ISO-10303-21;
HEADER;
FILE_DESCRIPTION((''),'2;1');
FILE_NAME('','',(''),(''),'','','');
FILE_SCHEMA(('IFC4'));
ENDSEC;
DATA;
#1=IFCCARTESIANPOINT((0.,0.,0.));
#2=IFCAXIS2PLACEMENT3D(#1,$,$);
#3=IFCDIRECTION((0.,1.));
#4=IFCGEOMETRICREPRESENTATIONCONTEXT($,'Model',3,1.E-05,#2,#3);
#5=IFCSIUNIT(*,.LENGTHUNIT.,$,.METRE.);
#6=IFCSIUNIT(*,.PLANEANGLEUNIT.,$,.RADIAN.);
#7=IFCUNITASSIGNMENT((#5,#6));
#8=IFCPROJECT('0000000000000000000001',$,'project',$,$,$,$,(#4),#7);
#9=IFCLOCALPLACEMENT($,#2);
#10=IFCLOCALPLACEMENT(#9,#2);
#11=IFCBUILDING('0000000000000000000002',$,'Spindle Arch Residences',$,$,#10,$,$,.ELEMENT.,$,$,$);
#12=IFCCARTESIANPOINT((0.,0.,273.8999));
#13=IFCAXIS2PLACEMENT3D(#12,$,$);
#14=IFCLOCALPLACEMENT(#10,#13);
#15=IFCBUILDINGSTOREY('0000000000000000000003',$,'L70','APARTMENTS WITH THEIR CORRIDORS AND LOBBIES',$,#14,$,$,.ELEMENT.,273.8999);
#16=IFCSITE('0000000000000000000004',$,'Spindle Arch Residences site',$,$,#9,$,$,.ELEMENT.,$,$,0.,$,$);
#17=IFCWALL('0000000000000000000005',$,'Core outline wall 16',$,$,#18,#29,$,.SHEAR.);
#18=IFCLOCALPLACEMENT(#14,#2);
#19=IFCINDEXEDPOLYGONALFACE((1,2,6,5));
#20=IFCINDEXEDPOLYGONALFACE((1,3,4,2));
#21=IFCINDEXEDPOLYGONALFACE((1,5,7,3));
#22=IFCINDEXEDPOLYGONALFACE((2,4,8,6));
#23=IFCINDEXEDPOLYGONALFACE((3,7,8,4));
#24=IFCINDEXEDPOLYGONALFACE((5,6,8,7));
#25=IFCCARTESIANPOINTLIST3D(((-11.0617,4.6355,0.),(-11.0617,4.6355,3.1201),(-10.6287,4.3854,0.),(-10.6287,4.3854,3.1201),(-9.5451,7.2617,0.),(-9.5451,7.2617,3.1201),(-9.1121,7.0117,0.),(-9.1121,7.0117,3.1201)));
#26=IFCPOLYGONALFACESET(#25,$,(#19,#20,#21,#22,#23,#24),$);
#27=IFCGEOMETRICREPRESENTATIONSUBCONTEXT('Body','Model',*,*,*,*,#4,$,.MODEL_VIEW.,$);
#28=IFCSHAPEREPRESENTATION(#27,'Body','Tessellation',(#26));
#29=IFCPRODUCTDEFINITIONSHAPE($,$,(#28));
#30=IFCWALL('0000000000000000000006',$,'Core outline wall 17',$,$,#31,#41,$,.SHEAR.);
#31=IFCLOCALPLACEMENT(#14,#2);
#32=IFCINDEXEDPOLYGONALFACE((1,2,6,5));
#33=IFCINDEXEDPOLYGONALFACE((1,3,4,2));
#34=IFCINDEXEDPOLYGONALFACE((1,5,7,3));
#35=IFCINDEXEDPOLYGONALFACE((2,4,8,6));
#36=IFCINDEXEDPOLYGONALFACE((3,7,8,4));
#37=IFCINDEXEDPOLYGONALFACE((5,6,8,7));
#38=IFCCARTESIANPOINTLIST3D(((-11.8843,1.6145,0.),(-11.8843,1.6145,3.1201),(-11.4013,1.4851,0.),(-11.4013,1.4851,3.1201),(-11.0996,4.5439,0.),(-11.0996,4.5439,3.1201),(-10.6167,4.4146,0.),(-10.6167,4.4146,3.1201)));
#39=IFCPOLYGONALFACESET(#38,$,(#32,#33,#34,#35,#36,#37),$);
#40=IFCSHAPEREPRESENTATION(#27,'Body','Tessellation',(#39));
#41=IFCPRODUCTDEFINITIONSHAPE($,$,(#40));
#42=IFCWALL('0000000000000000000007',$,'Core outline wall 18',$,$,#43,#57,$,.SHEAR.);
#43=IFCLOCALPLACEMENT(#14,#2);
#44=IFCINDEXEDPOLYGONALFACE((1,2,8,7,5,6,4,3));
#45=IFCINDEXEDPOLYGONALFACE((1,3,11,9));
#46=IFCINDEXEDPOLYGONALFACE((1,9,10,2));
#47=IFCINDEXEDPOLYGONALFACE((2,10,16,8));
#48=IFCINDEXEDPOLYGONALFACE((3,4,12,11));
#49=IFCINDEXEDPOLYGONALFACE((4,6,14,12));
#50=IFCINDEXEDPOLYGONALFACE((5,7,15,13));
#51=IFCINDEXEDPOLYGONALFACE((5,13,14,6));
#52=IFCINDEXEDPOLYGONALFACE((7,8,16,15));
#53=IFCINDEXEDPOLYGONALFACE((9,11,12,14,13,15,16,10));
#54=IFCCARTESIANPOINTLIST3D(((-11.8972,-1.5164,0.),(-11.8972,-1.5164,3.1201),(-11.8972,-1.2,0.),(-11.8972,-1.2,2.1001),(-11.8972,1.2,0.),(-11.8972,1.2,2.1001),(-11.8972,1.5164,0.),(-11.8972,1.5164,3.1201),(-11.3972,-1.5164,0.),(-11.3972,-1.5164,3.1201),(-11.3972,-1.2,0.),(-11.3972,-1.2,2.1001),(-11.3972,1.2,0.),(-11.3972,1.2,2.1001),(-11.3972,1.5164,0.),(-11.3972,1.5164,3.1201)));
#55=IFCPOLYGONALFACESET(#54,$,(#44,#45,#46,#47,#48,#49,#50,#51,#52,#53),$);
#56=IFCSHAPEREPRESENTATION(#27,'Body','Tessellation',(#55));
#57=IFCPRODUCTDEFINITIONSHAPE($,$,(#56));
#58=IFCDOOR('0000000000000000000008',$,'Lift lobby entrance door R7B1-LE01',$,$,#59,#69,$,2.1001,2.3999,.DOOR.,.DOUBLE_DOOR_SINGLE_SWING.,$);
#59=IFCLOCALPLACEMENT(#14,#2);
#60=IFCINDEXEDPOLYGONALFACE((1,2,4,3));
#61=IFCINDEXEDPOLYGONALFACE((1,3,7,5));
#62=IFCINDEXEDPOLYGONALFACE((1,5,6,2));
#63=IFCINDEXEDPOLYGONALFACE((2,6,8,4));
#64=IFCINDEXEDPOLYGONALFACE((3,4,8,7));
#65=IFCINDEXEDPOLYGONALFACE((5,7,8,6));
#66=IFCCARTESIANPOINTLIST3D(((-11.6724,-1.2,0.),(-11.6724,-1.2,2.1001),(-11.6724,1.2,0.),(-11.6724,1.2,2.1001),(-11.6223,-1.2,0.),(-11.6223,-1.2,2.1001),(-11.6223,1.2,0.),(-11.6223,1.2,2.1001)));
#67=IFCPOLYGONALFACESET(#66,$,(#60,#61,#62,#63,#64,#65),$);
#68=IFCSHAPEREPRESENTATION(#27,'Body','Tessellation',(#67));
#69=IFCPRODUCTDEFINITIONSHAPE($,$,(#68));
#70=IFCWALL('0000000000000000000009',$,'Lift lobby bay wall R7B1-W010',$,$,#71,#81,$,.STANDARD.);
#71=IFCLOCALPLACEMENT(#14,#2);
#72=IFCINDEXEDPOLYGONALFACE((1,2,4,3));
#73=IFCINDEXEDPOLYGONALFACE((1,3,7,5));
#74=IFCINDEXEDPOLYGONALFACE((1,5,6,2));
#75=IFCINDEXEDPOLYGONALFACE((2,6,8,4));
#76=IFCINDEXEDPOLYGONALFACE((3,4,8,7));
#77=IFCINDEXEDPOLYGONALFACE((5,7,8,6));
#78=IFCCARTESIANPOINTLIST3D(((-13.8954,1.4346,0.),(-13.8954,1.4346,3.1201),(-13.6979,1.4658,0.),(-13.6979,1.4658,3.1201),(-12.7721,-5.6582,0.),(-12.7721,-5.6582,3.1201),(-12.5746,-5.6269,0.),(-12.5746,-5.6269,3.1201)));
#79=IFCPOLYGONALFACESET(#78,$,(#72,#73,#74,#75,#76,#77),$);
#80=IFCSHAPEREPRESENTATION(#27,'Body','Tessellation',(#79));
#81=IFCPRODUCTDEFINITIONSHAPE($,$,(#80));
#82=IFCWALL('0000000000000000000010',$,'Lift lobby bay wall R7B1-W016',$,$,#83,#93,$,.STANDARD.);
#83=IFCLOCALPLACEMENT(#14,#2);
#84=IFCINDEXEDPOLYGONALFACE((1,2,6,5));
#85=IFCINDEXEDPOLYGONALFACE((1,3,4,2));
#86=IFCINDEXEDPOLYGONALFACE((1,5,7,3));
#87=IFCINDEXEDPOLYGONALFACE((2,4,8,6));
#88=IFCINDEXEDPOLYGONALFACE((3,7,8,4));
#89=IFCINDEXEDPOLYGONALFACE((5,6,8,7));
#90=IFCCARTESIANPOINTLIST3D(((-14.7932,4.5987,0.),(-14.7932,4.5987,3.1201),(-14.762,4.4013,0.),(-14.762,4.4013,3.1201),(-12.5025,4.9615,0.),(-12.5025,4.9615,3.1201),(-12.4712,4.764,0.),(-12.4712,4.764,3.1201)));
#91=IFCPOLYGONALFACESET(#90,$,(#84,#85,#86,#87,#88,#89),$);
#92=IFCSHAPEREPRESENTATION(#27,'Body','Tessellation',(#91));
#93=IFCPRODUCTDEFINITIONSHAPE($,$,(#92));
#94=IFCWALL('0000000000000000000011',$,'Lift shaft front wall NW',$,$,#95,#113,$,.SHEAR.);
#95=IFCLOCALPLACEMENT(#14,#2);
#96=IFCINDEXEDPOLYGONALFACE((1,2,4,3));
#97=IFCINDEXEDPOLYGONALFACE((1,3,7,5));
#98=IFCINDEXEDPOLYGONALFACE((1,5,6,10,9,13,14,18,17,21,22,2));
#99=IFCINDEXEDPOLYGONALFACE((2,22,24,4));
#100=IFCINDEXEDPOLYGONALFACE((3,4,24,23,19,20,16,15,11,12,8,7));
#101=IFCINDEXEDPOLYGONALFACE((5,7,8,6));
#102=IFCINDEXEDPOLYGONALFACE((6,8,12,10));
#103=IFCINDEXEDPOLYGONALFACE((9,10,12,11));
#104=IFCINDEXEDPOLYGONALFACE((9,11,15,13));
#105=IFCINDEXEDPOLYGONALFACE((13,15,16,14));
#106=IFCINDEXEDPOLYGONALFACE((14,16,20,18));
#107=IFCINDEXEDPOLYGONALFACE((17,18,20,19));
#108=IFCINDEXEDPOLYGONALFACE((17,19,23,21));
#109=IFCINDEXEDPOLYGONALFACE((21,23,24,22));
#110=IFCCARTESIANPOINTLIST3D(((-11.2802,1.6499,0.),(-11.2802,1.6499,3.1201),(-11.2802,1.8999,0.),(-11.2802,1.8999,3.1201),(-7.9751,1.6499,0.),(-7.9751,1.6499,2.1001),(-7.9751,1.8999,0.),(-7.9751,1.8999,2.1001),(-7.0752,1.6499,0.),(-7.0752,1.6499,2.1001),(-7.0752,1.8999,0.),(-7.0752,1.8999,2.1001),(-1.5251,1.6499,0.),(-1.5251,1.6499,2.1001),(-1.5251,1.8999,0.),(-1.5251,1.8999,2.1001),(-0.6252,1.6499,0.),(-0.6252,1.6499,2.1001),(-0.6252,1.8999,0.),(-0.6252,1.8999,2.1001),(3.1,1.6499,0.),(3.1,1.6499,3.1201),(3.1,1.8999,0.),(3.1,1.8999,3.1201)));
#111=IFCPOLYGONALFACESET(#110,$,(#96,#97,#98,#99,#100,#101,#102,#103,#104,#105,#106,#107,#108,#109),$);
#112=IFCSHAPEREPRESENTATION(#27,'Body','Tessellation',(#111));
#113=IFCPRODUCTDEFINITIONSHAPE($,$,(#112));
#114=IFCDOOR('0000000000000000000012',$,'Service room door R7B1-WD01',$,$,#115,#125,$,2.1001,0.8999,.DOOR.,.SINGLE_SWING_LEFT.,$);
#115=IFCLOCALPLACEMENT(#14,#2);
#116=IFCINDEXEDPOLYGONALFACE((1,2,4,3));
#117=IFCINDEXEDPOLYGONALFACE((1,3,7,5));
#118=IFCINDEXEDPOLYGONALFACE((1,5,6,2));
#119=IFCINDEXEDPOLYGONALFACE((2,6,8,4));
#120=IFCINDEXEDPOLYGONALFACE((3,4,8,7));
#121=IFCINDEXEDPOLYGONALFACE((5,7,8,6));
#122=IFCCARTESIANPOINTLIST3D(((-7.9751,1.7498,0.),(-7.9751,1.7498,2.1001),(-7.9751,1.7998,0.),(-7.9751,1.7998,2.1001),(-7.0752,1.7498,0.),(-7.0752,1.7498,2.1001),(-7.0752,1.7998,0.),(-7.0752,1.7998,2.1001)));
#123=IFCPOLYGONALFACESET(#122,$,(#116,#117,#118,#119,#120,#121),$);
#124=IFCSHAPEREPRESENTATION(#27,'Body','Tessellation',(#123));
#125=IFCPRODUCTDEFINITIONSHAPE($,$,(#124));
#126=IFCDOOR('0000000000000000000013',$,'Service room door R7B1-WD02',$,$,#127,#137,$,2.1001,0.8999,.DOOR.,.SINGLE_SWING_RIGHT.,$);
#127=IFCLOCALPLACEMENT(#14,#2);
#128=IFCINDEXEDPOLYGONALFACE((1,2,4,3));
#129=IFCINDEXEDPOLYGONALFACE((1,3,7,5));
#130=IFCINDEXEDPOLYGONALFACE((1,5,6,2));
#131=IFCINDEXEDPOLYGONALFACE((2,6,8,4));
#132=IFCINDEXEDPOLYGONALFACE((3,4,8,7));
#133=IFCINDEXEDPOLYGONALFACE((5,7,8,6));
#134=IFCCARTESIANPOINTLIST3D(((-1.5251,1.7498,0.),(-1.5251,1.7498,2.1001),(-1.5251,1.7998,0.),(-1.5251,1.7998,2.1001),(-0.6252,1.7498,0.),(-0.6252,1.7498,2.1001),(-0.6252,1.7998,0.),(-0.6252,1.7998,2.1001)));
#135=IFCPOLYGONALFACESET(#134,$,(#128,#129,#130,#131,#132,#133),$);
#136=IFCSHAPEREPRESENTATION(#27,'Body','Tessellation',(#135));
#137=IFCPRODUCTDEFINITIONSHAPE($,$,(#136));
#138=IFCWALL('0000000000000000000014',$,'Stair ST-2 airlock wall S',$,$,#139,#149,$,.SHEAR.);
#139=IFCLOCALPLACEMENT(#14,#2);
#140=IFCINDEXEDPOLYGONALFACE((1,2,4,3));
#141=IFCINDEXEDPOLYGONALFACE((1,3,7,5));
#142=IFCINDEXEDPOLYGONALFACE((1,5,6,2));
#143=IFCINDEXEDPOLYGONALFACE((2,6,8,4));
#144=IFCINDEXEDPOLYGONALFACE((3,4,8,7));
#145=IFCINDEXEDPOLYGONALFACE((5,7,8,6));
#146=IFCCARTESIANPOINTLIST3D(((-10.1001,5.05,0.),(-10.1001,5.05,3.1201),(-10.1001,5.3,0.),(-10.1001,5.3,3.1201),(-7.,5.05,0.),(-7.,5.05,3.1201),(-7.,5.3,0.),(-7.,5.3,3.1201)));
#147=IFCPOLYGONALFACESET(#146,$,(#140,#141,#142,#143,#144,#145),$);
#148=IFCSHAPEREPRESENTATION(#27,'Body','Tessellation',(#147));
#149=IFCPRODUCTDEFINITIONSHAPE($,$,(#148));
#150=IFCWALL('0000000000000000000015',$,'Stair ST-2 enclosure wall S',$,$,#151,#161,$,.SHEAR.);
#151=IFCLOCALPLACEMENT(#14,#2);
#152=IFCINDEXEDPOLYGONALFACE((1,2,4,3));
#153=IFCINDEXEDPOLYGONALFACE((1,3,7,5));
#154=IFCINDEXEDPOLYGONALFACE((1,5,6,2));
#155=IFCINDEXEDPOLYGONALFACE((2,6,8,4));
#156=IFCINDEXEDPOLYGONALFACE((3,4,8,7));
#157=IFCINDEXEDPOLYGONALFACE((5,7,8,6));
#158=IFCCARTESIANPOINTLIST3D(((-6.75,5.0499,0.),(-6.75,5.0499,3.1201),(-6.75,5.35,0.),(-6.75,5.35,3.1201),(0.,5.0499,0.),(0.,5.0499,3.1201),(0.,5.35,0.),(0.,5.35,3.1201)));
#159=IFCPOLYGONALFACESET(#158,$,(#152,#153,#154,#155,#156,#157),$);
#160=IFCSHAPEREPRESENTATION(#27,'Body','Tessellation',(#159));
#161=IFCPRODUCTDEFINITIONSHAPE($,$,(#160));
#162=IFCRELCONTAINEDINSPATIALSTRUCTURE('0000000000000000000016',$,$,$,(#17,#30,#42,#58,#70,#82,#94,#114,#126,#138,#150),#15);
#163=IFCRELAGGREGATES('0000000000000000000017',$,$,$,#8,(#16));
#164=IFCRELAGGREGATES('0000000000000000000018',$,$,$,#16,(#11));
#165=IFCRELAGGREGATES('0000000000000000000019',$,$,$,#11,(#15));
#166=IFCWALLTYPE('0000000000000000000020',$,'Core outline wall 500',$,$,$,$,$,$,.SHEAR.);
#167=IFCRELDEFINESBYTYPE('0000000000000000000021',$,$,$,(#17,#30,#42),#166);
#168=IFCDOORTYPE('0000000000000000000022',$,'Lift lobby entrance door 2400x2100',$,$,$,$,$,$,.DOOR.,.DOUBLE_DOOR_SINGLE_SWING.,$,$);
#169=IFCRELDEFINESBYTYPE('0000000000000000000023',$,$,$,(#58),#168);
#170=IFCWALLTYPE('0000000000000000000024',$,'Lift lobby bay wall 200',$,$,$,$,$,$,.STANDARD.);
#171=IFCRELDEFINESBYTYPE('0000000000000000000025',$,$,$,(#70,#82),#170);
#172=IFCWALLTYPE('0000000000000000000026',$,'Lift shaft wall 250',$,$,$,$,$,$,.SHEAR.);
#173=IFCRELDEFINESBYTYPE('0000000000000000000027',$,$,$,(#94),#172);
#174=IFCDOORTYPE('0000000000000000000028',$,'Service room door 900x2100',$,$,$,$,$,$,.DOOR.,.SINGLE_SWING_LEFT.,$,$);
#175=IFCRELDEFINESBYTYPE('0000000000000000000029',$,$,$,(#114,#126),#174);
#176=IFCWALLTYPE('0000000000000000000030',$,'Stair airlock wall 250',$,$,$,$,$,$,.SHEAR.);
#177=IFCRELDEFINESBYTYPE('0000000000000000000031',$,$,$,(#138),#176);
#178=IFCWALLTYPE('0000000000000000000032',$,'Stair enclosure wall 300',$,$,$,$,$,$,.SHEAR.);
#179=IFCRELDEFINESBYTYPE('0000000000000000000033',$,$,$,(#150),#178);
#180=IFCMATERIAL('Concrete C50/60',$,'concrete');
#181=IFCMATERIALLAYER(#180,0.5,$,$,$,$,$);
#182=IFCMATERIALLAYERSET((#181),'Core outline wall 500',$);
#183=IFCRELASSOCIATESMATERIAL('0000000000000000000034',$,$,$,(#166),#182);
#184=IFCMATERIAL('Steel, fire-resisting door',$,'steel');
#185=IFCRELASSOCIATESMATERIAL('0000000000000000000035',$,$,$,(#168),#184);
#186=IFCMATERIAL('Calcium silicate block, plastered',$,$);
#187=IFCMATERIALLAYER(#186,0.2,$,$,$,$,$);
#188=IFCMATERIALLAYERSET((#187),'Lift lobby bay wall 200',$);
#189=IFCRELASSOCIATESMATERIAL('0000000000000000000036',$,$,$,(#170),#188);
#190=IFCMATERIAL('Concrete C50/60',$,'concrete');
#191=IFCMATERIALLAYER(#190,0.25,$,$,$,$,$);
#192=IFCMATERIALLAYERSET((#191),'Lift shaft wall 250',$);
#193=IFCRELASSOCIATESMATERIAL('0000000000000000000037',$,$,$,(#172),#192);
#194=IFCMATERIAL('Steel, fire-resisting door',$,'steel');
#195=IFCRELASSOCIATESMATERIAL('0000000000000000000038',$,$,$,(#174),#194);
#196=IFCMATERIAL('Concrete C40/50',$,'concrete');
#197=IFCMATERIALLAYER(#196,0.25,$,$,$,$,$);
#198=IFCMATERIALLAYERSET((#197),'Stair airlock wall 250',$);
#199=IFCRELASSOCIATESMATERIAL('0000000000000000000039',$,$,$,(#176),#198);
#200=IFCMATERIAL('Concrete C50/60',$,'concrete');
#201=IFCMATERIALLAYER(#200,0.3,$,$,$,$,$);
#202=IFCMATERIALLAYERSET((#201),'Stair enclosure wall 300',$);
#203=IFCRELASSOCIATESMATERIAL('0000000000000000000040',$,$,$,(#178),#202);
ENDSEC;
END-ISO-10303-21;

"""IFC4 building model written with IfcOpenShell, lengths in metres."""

from ifc_helpers import new_model, si_unit, direction, frame, frame_2d, origin, place, context, subcontext, project, spatial, rectangle, extrude, material, layer, layer_set, type_object, element, fill, save


model = new_model("IFC4")

# Units and contexts
model_context = context("Model", 3, precision=1e-05, world=origin(), true_north=direction((0.0, 1.0)))
body_context = subcontext(model_context, "Body", "Model", "MODEL_VIEW")
ifc_project = project(units=[si_unit("LENGTHUNIT", "METRE"), si_unit("PLANEANGLEUNIT", "RADIAN")], contexts=[model_context])

# Site, building, storey
site_placement = place(None, origin())
site = spatial("IfcSite", under=ifc_project, at=site_placement, Name="Spindle Arch Residences site", CompositionType="ELEMENT", RefElevation=0.0)
building_placement = place(site_placement, origin())
building = spatial("IfcBuilding", under=site, at=building_placement, Name="Spindle Arch Residences", CompositionType="ELEMENT")
storey_placement = place(building_placement, frame((0.0, 0.0, 273.8999)))
storey = spatial("IfcBuildingStorey", under=building, at=storey_placement, Name="L70", Description="APARTMENTS WITH THEIR CORRIDORS AND LOBBIES", CompositionType="ELEMENT", Elevation=273.8999)

# Walls
ifc_material_1 = material(Name="Concrete C50/60", Category="concrete")
ifc_layer_1 = layer(ifc_material_1, 0.5)
ifc_layer_set_1 = layer_set([ifc_layer_1], Name="Core outline wall 500")
wall_type_1 = type_object("IfcWallType", Name="Core outline wall 500", PredefinedType="SHEAR", material=ifc_layer_set_1)
for number, where, z_axis, x_axis, name in (
    (1, (-9.3286, 7.1367, 0.0), (0.0, 0.0, 1.0), (-0.500087, -0.865975, 0.0), "Core outline wall 16"),
    (2, (-10.8582, 4.4792, 0.0), (0.0, 0.0, 1.0), (-0.258735, -0.965948, 0.0), "Core outline wall 17"),
):
    element("IfcWall", number, at=place(storey_placement, frame(where, z_axis=z_axis, x_axis=x_axis)), inside=storey, type_object=wall_type_1, Name=name, PredefinedType="SHEAR", context=body_context, shape_type="SweptSolid", body=[
        extrude(rectangle(XDim=3.0327, YDim=0.5, at=frame_2d((1.5164, 0.0))), origin(), (0.0, 0.0, 1.0), 3.1201),
    ])

# Wall, opening, door
wall_1_placement = place(storey_placement, frame((-11.6472, 1.5164, 0.0), z_axis=(0.0, 0.0, 1.0), x_axis=(0.0, -1.0, 0.0)))
wall_1 = element("IfcWall", 3, at=wall_1_placement, inside=storey, type_object=wall_type_1, Name="Core outline wall 18", PredefinedType="SHEAR", context=body_context, shape_type="SweptSolid", body=[
    extrude(rectangle(XDim=3.0327, YDim=0.5, at=frame_2d((1.5164, 0.0))), origin(), (0.0, 0.0, 1.0), 3.1201),
])
opening_1_placement = place(wall_1_placement, frame((0.3164, 0.0, 0.0)))
opening_1 = element("IfcOpeningElement", 4, at=opening_1_placement, cuts=wall_1, PredefinedType="OPENING", context=body_context, shape_type="SweptSolid", body=[
    extrude(rectangle(XDim=2.3999, YDim=2.1001, at=frame_2d((1.2, 1.05))), frame((0.0, 0.26, 0.0), z_axis=(0.0, -1.0, 0.0), x_axis=(1.0, 0.0, 0.0)), (0.0, 0.0, 1.0), 0.52),
])
ifc_material_2 = material(Name="Steel, fire-resisting door", Category="steel")
door_type_1 = type_object("IfcDoorType", Name="Lift lobby entrance door 2400x2100", OperationType="DOUBLE_DOOR_SINGLE_SWING", PredefinedType="DOOR", material=ifc_material_2)
door_1_placement = place(opening_1_placement, origin())
door_1 = element("IfcDoor", 5, at=door_1_placement, inside=storey, type_object=door_type_1, Name="Lift lobby entrance door R7B1-LE01", OperationType="DOUBLE_DOOR_SINGLE_SWING", OverallHeight=2.1001, OverallWidth=2.3999, PredefinedType="DOOR", context=body_context, shape_type="SweptSolid", body=[
    extrude(rectangle(XDim=2.3999, YDim=2.1001, at=frame_2d((1.2, 1.05))), frame((0.0, 0.0249, 0.0), z_axis=(0.0, -1.0, 0.0), x_axis=(1.0, 0.0, 0.0)), (0.0, 0.0, 1.0), 0.05),
])
fill(opening_1, door_1)

# Walls
ifc_material_3 = material(Name="Calcium silicate block, plastered")
ifc_layer_2 = layer(ifc_material_3, 0.2)
ifc_layer_set_2 = layer_set([ifc_layer_2], Name="Lift lobby bay wall 200")
wall_type_2 = type_object("IfcWallType", Name="Lift lobby bay wall 200", PredefinedType="STANDARD", material=ifc_layer_set_2)
wall_2_placement = place(storey_placement, frame((-13.7966, 1.4502, 0.0), z_axis=(0.0, 0.0, 1.0), x_axis=(0.156422, -0.98769, 0.0)))
element("IfcWall", 6, at=wall_2_placement, inside=storey, type_object=wall_type_2, Name="Lift lobby bay wall R7B1-W010", PredefinedType="STANDARD", context=body_context, shape_type="SweptSolid", body=[
    extrude(rectangle(XDim=7.1812, YDim=0.2, at=frame_2d((3.5906, 0.0))), origin(), (0.0, 0.0, 1.0), 3.1201),
])
wall_3_placement = place(storey_placement, frame((-12.4868, 4.8628, 0.0), z_axis=(0.0, 0.0, 1.0), x_axis=(-0.98769, -0.156422, 0.0)))
element("IfcWall", 7, at=wall_3_placement, inside=storey, type_object=wall_type_2, Name="Lift lobby bay wall R7B1-W016", PredefinedType="STANDARD", context=body_context, shape_type="SweptSolid", body=[
    extrude(rectangle(XDim=2.3193, YDim=0.2, at=frame_2d((1.1597, 0.0))), origin(), (0.0, 0.0, 1.0), 3.1201),
])

# Wall, openings, doors
ifc_material_4 = material(Name="Concrete C50/60", Category="concrete")
ifc_layer_3 = layer(ifc_material_4, 0.25)
ifc_layer_set_3 = layer_set([ifc_layer_3], Name="Lift shaft wall 250")
wall_type_3 = type_object("IfcWallType", Name="Lift shaft wall 250", PredefinedType="SHEAR", material=ifc_layer_set_3)
wall_4_placement = place(storey_placement, frame((-11.28, 1.7749, 0.0), z_axis=(0.0, 0.0, 1.0), x_axis=(1.0, 0.0, 0.0)))
wall_4 = element("IfcWall", 8, at=wall_4_placement, inside=storey, type_object=wall_type_3, Name="Lift shaft front wall NW", PredefinedType="SHEAR", context=body_context, shape_type="SweptSolid", body=[
    extrude(rectangle(XDim=14.3801, YDim=0.25, at=frame_2d((7.1899, 0.0))), origin(), (0.0, 0.0, 1.0), 3.1201),
])
opening_2_placement = place(wall_4_placement, frame((3.3049, 0.0, 0.0)))
opening_2 = element("IfcOpeningElement", 9, at=opening_2_placement, cuts=wall_4, PredefinedType="OPENING", context=body_context, shape_type="SweptSolid", body=[
    extrude(rectangle(XDim=0.8999, YDim=2.1001, at=frame_2d((0.45, 1.05))), frame((0.0, 0.135, 0.0), z_axis=(0.0, -1.0, 0.0), x_axis=(1.0, 0.0, 0.0)), (0.0, 0.0, 1.0), 0.27),
])
opening_3_placement = place(wall_4_placement, frame((9.7549, 0.0, 0.0)))
opening_3 = element("IfcOpeningElement", 10, at=opening_3_placement, cuts=wall_4, PredefinedType="OPENING", context=body_context, shape_type="SweptSolid", body=[
    extrude(rectangle(XDim=0.8999, YDim=2.1001, at=frame_2d((0.45, 1.05))), frame((0.0, 0.135, 0.0), z_axis=(0.0, -1.0, 0.0), x_axis=(1.0, 0.0, 0.0)), (0.0, 0.0, 1.0), 0.27),
])
ifc_material_5 = material(Name="Steel, fire-resisting door", Category="steel")
door_type_2 = type_object("IfcDoorType", Name="Service room door 900x2100", OperationType="SINGLE_SWING_LEFT", PredefinedType="DOOR", material=ifc_material_5)
door_2_placement = place(opening_2_placement, origin())
door_2 = element("IfcDoor", 11, at=door_2_placement, inside=storey, type_object=door_type_2, Name="Service room door R7B1-WD01", OperationType="SINGLE_SWING_LEFT", OverallHeight=2.1001, OverallWidth=0.8999, PredefinedType="DOOR", context=body_context, shape_type="SweptSolid", body=[
    extrude(rectangle(XDim=0.8999, YDim=2.1001, at=frame_2d((0.45, 1.05))), frame((0.0, 0.0249, 0.0), z_axis=(0.0, -1.0, 0.0), x_axis=(1.0, 0.0, 0.0)), (0.0, 0.0, 1.0), 0.05),
])
fill(opening_2, door_2)
door_3_placement = place(opening_3_placement, origin())
door_3 = element("IfcDoor", 12, at=door_3_placement, inside=storey, type_object=door_type_2, Name="Service room door R7B1-WD02", OperationType="SINGLE_SWING_RIGHT", OverallHeight=2.1001, OverallWidth=0.8999, PredefinedType="DOOR", context=body_context, shape_type="SweptSolid", body=[
    extrude(rectangle(XDim=0.8999, YDim=2.1001, at=frame_2d((0.45, 1.05))), frame((0.0, 0.0249, 0.0), z_axis=(0.0, -1.0, 0.0), x_axis=(1.0, 0.0, 0.0)), (0.0, 0.0, 1.0), 0.05),
])
fill(opening_3, door_3)

# Walls
ifc_material_6 = material(Name="Concrete C40/50", Category="concrete")
ifc_layer_4 = layer(ifc_material_6, 0.25)
ifc_layer_set_4 = layer_set([ifc_layer_4], Name="Stair airlock wall 250")
wall_type_4 = type_object("IfcWallType", Name="Stair airlock wall 250", PredefinedType="SHEAR", material=ifc_layer_set_4)
wall_5_placement = place(storey_placement, frame((-7.0, 5.175, 0.0), z_axis=(0.0, 0.0, 1.0), x_axis=(-1.0, 0.0, 0.0)))
element("IfcWall", 13, at=wall_5_placement, inside=storey, type_object=wall_type_4, Name="Stair ST-2 airlock wall S", PredefinedType="SHEAR", context=body_context, shape_type="SweptSolid", body=[
    extrude(rectangle(XDim=3.1001, YDim=0.25, at=frame_2d((1.55, 0.0))), origin(), (0.0, 0.0, 1.0), 3.1201),
])
ifc_material_7 = material(Name="Concrete C50/60", Category="concrete")
ifc_layer_5 = layer(ifc_material_7, 0.3)
ifc_layer_set_5 = layer_set([ifc_layer_5], Name="Stair enclosure wall 300")
wall_type_5 = type_object("IfcWallType", Name="Stair enclosure wall 300", PredefinedType="SHEAR", material=ifc_layer_set_5)
wall_6_placement = place(storey_placement, frame((-6.75, 5.2, 0.0), z_axis=(0.0, 0.0, 1.0), x_axis=(1.0, 0.0, 0.0)))
element("IfcWall", 14, at=wall_6_placement, inside=storey, type_object=wall_type_5, Name="Stair ST-2 enclosure wall S", PredefinedType="SHEAR", context=body_context, shape_type="SweptSolid", body=[
    extrude(rectangle(XDim=6.75, YDim=0.3, at=frame_2d((3.375, 0.0))), origin(), (0.0, 0.0, 1.0), 3.1201),
])

save(model, "model.ifc")
